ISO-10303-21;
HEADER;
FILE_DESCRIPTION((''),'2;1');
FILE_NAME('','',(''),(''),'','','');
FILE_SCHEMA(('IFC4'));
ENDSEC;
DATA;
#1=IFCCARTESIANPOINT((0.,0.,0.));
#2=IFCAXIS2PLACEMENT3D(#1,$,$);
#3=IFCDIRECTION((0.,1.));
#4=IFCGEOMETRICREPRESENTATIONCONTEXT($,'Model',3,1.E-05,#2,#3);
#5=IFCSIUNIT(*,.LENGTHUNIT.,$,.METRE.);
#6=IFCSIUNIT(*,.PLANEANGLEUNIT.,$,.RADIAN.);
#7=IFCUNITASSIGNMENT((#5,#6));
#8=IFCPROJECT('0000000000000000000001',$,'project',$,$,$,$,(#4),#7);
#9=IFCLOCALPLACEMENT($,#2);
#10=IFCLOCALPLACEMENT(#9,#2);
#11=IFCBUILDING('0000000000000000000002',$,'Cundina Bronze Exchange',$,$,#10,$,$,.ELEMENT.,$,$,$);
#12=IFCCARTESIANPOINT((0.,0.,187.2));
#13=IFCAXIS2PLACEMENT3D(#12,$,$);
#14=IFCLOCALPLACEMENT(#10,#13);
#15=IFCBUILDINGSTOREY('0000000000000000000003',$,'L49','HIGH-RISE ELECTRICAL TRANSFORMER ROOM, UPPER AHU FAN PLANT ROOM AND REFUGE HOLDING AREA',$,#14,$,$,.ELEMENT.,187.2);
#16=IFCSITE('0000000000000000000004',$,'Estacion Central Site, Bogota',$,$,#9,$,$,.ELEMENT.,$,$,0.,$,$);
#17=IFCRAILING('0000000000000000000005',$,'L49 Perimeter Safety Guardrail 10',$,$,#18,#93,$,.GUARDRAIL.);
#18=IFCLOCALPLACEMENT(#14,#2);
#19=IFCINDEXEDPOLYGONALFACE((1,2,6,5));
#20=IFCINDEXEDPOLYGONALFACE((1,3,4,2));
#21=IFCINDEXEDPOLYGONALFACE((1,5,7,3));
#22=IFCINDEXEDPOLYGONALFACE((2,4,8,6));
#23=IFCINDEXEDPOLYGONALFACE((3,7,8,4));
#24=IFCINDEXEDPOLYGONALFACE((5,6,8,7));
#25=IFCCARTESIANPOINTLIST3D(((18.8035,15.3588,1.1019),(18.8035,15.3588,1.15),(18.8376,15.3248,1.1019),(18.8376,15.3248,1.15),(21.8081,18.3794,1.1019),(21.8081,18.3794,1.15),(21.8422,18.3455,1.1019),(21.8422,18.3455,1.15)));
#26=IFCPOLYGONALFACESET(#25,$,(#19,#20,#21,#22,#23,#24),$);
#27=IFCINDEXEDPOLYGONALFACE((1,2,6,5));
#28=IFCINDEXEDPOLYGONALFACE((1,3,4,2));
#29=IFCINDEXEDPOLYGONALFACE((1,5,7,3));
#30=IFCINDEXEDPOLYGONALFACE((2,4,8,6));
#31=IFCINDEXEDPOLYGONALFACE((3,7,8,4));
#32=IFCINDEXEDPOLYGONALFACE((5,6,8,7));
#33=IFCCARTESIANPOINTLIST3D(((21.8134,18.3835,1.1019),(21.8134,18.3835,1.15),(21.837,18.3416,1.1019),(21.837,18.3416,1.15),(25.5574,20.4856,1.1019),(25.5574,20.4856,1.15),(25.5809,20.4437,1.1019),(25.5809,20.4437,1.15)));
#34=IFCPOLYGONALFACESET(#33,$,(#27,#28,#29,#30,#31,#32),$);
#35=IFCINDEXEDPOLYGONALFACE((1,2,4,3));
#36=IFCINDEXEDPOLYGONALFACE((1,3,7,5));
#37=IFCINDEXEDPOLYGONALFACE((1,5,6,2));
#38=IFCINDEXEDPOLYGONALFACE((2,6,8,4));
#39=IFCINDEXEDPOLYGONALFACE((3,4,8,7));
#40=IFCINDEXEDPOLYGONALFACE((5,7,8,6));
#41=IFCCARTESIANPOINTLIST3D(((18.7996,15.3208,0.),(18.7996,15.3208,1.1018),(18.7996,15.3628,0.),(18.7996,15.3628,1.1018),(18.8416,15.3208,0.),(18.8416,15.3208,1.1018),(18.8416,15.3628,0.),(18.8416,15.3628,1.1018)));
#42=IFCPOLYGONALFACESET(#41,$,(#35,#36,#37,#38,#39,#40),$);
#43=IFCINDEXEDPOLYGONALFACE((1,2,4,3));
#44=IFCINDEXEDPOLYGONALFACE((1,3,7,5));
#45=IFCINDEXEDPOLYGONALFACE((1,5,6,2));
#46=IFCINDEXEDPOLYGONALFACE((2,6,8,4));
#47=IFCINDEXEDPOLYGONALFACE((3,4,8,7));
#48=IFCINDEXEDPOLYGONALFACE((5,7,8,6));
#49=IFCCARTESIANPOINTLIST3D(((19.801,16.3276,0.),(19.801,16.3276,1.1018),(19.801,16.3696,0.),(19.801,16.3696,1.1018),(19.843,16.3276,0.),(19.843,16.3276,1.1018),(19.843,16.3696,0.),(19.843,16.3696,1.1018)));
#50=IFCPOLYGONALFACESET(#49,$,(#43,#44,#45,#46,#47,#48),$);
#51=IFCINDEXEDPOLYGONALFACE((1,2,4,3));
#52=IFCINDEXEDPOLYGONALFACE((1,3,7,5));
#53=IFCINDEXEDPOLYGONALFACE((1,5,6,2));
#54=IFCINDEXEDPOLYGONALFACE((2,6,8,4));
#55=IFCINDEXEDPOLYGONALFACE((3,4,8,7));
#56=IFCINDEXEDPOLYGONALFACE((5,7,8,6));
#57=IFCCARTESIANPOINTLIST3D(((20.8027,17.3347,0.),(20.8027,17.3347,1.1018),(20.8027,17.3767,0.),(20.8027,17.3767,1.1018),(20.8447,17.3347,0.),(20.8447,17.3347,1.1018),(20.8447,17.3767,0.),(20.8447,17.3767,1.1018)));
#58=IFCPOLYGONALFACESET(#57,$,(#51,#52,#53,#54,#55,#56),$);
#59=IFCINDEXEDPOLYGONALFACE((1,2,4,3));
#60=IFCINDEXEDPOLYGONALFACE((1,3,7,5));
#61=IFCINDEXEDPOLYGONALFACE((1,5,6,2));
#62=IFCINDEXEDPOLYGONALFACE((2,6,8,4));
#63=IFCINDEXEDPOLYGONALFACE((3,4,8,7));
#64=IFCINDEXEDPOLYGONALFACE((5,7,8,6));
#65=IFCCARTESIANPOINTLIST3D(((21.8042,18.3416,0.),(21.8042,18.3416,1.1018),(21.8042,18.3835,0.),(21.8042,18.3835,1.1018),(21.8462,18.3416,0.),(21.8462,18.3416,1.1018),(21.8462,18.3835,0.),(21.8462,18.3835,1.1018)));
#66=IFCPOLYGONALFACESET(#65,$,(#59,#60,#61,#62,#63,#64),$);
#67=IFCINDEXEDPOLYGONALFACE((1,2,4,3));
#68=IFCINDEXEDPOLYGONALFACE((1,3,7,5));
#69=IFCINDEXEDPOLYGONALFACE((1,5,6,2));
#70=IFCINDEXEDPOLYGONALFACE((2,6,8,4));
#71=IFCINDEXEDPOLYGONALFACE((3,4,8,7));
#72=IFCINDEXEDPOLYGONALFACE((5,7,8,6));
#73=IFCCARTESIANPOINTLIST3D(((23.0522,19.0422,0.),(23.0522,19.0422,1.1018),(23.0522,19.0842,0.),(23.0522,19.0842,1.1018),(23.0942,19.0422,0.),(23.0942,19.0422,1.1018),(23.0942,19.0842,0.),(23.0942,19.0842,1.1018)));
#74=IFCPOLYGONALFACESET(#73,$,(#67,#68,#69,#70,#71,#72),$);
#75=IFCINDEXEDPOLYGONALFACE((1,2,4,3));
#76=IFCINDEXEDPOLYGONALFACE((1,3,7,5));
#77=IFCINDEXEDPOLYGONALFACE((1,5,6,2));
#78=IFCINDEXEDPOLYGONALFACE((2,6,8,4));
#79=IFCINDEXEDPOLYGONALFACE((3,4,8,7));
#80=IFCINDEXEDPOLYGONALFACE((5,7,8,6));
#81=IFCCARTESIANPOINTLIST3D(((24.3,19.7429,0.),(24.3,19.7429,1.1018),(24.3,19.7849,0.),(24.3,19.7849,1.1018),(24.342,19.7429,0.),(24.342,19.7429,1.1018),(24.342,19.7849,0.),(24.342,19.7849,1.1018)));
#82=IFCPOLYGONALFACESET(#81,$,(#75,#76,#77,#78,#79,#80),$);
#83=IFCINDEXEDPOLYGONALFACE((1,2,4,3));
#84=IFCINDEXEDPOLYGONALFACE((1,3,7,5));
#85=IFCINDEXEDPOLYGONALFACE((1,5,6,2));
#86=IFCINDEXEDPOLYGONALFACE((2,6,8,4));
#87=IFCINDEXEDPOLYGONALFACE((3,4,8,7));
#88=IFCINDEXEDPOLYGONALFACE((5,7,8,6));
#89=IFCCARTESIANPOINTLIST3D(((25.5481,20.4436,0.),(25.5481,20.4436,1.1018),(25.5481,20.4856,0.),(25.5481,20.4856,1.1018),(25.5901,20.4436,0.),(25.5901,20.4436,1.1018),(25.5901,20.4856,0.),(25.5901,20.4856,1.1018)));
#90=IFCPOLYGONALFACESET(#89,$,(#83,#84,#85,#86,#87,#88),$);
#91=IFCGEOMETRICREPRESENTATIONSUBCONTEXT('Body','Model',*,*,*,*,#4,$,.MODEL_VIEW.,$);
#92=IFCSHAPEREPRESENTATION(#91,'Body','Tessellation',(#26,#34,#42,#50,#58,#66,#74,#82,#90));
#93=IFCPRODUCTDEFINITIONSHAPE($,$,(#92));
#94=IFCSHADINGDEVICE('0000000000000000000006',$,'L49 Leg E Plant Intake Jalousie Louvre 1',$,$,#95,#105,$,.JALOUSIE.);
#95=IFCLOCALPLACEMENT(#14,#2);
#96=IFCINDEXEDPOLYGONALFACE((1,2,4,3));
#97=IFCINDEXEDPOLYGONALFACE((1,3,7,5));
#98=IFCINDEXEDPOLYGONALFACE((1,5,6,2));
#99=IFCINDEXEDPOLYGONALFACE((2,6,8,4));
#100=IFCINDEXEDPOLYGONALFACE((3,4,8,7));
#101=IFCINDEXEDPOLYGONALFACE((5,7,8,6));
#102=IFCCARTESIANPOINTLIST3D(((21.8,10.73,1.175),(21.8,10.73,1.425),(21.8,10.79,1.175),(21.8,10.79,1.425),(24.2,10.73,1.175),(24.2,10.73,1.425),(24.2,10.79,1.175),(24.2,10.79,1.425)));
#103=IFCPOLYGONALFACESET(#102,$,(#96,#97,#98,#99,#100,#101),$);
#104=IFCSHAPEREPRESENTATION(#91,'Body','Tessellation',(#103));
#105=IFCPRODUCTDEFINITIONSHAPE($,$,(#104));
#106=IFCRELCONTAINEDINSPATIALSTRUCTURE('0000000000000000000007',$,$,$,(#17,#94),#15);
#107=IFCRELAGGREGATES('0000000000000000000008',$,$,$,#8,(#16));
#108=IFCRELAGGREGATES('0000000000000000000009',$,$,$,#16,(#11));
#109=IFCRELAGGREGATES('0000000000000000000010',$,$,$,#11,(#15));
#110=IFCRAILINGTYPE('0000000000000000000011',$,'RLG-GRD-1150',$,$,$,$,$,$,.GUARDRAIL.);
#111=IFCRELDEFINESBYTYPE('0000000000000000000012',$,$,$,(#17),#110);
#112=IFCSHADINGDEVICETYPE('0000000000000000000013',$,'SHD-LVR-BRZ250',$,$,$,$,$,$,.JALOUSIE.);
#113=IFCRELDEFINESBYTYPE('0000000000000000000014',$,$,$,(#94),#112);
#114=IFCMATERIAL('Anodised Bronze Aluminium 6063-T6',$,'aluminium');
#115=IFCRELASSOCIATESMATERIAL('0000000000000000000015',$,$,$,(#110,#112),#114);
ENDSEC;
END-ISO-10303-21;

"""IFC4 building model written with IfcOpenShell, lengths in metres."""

from ifc_helpers import new_model, si_unit, direction, frame, origin, origin_2d, place, context, subcontext, project, spatial, rectangle, extrude, material, material_profile, profile_set, type_object, element, save


model = new_model("IFC4")

# Units and contexts
model_context = context("Model", 3, precision=1e-05, world=origin(), true_north=direction((0.0, 1.0)))
body_context = subcontext(model_context, "Body", "Model", "MODEL_VIEW")
ifc_project = project(units=[si_unit("LENGTHUNIT", "METRE"), si_unit("PLANEANGLEUNIT", "RADIAN")], contexts=[model_context])

# Site, building, storey
site_placement = place(None, origin())
site = spatial("IfcSite", under=ifc_project, at=site_placement, Name="Estacion Central Site, Bogota", CompositionType="ELEMENT", RefElevation=0.0)
building_placement = place(site_placement, origin())
building = spatial("IfcBuilding", under=site, at=building_placement, Name="Cundina Bronze Exchange", CompositionType="ELEMENT")
storey_placement = place(building_placement, frame((0.0, 0.0, 187.2)))
storey = spatial("IfcBuildingStorey", under=building, at=storey_placement, Name="L49", Description="HIGH-RISE ELECTRICAL TRANSFORMER ROOM, UPPER AHU FAN PLANT ROOM AND REFUGE HOLDING AREA", CompositionType="ELEMENT", Elevation=187.2)

# Shared definitions
ifc_material_1 = material(Name="Anodised Bronze Aluminium 6063-T6", Category="aluminium")

# Railing
railing_type = type_object("IfcRailingType", Name="RLG-GRD-1150", PredefinedType="GUARDRAIL", material=ifc_material_1)
railing_1_placement = place(storey_placement, frame((18.8206, 15.3418, 0.0)))
element("IfcRailing", 1, at=railing_1_placement, inside=storey, type_object=railing_type, Name="L49 Perimeter Safety Guardrail 10", PredefinedType="GUARDRAIL", context=body_context, shape_type="SweptSolid", body=[
    extrude(rectangle(XDim=0.0481, YDim=0.0481, at=origin_2d()), frame((0.0, 0.0, 1.126), z_axis=(0.705213, 0.708995, 0.0), x_axis=(-0.708995, 0.705213, 0.0)), (0.0, 0.0, 1.0), 4.2605),
    extrude(rectangle(XDim=0.0481, YDim=0.0481, at=origin_2d()), frame((3.0046, 3.0208, 1.126), z_axis=(0.871962, 0.489573, 0.0), x_axis=(-0.489573, 0.871962, 0.0)), (0.0, 0.0, 1.0), 4.2937),
    extrude(rectangle(XDim=0.042, YDim=0.042, at=origin_2d()), origin(), (0.0, 0.0, 1.0), 1.1018),
    extrude(rectangle(XDim=0.042, YDim=0.042, at=origin_2d()), frame((1.0015, 1.0068, 0.0)), (0.0, 0.0, 1.0), 1.1018),
    extrude(rectangle(XDim=0.042, YDim=0.042, at=origin_2d()), frame((2.0032, 2.0139, 0.0)), (0.0, 0.0, 1.0), 1.1018),
    extrude(rectangle(XDim=0.042, YDim=0.042, at=origin_2d()), frame((3.0046, 3.0208, 0.0)), (0.0, 0.0, 1.0), 1.1018),
    extrude(rectangle(XDim=0.042, YDim=0.042, at=origin_2d()), frame((4.2527, 3.7214, 0.0)), (0.0, 0.0, 1.0), 1.1018),
    extrude(rectangle(XDim=0.042, YDim=0.042, at=origin_2d()), frame((5.5005, 4.4221, 0.0)), (0.0, 0.0, 1.0), 1.1018),
    extrude(rectangle(XDim=0.042, YDim=0.042, at=origin_2d()), frame((6.7485, 5.1228, 0.0)), (0.0, 0.0, 1.0), 1.1018),
])

# Shading device
ifc_material_profile_1 = material_profile(ifc_material_1, rectangle(XDim=0.0601, YDim=0.25, at=origin_2d()), Name="LVR60X250", Category="aluminium")
ifc_profile_set_1 = profile_set([ifc_material_profile_1], Name="Anodised Bronze Aluminium 6063-T6")
shading_device_type = type_object("IfcShadingDeviceType", Name="SHD-LVR-BRZ250", PredefinedType="JALOUSIE", material=ifc_profile_set_1)
shading_device_placement = place(storey_placement, frame((21.8, 10.76, 1.3), z_axis=(1.0, 0.0, 0.0), x_axis=(0.0, 1.0, 0.0)))
element("IfcShadingDevice", 2, at=shading_device_placement, inside=storey, type_object=shading_device_type, Name="L49 Leg E Plant Intake Jalousie Louvre 1", PredefinedType="JALOUSIE", context=body_context, shape_type="SweptSolid", body=[
    extrude(rectangle(XDim=0.0601, YDim=0.25, at=origin_2d()), origin(), (0.0, 0.0, 1.0), 2.3999),
])

save(model, "model.ifc")
